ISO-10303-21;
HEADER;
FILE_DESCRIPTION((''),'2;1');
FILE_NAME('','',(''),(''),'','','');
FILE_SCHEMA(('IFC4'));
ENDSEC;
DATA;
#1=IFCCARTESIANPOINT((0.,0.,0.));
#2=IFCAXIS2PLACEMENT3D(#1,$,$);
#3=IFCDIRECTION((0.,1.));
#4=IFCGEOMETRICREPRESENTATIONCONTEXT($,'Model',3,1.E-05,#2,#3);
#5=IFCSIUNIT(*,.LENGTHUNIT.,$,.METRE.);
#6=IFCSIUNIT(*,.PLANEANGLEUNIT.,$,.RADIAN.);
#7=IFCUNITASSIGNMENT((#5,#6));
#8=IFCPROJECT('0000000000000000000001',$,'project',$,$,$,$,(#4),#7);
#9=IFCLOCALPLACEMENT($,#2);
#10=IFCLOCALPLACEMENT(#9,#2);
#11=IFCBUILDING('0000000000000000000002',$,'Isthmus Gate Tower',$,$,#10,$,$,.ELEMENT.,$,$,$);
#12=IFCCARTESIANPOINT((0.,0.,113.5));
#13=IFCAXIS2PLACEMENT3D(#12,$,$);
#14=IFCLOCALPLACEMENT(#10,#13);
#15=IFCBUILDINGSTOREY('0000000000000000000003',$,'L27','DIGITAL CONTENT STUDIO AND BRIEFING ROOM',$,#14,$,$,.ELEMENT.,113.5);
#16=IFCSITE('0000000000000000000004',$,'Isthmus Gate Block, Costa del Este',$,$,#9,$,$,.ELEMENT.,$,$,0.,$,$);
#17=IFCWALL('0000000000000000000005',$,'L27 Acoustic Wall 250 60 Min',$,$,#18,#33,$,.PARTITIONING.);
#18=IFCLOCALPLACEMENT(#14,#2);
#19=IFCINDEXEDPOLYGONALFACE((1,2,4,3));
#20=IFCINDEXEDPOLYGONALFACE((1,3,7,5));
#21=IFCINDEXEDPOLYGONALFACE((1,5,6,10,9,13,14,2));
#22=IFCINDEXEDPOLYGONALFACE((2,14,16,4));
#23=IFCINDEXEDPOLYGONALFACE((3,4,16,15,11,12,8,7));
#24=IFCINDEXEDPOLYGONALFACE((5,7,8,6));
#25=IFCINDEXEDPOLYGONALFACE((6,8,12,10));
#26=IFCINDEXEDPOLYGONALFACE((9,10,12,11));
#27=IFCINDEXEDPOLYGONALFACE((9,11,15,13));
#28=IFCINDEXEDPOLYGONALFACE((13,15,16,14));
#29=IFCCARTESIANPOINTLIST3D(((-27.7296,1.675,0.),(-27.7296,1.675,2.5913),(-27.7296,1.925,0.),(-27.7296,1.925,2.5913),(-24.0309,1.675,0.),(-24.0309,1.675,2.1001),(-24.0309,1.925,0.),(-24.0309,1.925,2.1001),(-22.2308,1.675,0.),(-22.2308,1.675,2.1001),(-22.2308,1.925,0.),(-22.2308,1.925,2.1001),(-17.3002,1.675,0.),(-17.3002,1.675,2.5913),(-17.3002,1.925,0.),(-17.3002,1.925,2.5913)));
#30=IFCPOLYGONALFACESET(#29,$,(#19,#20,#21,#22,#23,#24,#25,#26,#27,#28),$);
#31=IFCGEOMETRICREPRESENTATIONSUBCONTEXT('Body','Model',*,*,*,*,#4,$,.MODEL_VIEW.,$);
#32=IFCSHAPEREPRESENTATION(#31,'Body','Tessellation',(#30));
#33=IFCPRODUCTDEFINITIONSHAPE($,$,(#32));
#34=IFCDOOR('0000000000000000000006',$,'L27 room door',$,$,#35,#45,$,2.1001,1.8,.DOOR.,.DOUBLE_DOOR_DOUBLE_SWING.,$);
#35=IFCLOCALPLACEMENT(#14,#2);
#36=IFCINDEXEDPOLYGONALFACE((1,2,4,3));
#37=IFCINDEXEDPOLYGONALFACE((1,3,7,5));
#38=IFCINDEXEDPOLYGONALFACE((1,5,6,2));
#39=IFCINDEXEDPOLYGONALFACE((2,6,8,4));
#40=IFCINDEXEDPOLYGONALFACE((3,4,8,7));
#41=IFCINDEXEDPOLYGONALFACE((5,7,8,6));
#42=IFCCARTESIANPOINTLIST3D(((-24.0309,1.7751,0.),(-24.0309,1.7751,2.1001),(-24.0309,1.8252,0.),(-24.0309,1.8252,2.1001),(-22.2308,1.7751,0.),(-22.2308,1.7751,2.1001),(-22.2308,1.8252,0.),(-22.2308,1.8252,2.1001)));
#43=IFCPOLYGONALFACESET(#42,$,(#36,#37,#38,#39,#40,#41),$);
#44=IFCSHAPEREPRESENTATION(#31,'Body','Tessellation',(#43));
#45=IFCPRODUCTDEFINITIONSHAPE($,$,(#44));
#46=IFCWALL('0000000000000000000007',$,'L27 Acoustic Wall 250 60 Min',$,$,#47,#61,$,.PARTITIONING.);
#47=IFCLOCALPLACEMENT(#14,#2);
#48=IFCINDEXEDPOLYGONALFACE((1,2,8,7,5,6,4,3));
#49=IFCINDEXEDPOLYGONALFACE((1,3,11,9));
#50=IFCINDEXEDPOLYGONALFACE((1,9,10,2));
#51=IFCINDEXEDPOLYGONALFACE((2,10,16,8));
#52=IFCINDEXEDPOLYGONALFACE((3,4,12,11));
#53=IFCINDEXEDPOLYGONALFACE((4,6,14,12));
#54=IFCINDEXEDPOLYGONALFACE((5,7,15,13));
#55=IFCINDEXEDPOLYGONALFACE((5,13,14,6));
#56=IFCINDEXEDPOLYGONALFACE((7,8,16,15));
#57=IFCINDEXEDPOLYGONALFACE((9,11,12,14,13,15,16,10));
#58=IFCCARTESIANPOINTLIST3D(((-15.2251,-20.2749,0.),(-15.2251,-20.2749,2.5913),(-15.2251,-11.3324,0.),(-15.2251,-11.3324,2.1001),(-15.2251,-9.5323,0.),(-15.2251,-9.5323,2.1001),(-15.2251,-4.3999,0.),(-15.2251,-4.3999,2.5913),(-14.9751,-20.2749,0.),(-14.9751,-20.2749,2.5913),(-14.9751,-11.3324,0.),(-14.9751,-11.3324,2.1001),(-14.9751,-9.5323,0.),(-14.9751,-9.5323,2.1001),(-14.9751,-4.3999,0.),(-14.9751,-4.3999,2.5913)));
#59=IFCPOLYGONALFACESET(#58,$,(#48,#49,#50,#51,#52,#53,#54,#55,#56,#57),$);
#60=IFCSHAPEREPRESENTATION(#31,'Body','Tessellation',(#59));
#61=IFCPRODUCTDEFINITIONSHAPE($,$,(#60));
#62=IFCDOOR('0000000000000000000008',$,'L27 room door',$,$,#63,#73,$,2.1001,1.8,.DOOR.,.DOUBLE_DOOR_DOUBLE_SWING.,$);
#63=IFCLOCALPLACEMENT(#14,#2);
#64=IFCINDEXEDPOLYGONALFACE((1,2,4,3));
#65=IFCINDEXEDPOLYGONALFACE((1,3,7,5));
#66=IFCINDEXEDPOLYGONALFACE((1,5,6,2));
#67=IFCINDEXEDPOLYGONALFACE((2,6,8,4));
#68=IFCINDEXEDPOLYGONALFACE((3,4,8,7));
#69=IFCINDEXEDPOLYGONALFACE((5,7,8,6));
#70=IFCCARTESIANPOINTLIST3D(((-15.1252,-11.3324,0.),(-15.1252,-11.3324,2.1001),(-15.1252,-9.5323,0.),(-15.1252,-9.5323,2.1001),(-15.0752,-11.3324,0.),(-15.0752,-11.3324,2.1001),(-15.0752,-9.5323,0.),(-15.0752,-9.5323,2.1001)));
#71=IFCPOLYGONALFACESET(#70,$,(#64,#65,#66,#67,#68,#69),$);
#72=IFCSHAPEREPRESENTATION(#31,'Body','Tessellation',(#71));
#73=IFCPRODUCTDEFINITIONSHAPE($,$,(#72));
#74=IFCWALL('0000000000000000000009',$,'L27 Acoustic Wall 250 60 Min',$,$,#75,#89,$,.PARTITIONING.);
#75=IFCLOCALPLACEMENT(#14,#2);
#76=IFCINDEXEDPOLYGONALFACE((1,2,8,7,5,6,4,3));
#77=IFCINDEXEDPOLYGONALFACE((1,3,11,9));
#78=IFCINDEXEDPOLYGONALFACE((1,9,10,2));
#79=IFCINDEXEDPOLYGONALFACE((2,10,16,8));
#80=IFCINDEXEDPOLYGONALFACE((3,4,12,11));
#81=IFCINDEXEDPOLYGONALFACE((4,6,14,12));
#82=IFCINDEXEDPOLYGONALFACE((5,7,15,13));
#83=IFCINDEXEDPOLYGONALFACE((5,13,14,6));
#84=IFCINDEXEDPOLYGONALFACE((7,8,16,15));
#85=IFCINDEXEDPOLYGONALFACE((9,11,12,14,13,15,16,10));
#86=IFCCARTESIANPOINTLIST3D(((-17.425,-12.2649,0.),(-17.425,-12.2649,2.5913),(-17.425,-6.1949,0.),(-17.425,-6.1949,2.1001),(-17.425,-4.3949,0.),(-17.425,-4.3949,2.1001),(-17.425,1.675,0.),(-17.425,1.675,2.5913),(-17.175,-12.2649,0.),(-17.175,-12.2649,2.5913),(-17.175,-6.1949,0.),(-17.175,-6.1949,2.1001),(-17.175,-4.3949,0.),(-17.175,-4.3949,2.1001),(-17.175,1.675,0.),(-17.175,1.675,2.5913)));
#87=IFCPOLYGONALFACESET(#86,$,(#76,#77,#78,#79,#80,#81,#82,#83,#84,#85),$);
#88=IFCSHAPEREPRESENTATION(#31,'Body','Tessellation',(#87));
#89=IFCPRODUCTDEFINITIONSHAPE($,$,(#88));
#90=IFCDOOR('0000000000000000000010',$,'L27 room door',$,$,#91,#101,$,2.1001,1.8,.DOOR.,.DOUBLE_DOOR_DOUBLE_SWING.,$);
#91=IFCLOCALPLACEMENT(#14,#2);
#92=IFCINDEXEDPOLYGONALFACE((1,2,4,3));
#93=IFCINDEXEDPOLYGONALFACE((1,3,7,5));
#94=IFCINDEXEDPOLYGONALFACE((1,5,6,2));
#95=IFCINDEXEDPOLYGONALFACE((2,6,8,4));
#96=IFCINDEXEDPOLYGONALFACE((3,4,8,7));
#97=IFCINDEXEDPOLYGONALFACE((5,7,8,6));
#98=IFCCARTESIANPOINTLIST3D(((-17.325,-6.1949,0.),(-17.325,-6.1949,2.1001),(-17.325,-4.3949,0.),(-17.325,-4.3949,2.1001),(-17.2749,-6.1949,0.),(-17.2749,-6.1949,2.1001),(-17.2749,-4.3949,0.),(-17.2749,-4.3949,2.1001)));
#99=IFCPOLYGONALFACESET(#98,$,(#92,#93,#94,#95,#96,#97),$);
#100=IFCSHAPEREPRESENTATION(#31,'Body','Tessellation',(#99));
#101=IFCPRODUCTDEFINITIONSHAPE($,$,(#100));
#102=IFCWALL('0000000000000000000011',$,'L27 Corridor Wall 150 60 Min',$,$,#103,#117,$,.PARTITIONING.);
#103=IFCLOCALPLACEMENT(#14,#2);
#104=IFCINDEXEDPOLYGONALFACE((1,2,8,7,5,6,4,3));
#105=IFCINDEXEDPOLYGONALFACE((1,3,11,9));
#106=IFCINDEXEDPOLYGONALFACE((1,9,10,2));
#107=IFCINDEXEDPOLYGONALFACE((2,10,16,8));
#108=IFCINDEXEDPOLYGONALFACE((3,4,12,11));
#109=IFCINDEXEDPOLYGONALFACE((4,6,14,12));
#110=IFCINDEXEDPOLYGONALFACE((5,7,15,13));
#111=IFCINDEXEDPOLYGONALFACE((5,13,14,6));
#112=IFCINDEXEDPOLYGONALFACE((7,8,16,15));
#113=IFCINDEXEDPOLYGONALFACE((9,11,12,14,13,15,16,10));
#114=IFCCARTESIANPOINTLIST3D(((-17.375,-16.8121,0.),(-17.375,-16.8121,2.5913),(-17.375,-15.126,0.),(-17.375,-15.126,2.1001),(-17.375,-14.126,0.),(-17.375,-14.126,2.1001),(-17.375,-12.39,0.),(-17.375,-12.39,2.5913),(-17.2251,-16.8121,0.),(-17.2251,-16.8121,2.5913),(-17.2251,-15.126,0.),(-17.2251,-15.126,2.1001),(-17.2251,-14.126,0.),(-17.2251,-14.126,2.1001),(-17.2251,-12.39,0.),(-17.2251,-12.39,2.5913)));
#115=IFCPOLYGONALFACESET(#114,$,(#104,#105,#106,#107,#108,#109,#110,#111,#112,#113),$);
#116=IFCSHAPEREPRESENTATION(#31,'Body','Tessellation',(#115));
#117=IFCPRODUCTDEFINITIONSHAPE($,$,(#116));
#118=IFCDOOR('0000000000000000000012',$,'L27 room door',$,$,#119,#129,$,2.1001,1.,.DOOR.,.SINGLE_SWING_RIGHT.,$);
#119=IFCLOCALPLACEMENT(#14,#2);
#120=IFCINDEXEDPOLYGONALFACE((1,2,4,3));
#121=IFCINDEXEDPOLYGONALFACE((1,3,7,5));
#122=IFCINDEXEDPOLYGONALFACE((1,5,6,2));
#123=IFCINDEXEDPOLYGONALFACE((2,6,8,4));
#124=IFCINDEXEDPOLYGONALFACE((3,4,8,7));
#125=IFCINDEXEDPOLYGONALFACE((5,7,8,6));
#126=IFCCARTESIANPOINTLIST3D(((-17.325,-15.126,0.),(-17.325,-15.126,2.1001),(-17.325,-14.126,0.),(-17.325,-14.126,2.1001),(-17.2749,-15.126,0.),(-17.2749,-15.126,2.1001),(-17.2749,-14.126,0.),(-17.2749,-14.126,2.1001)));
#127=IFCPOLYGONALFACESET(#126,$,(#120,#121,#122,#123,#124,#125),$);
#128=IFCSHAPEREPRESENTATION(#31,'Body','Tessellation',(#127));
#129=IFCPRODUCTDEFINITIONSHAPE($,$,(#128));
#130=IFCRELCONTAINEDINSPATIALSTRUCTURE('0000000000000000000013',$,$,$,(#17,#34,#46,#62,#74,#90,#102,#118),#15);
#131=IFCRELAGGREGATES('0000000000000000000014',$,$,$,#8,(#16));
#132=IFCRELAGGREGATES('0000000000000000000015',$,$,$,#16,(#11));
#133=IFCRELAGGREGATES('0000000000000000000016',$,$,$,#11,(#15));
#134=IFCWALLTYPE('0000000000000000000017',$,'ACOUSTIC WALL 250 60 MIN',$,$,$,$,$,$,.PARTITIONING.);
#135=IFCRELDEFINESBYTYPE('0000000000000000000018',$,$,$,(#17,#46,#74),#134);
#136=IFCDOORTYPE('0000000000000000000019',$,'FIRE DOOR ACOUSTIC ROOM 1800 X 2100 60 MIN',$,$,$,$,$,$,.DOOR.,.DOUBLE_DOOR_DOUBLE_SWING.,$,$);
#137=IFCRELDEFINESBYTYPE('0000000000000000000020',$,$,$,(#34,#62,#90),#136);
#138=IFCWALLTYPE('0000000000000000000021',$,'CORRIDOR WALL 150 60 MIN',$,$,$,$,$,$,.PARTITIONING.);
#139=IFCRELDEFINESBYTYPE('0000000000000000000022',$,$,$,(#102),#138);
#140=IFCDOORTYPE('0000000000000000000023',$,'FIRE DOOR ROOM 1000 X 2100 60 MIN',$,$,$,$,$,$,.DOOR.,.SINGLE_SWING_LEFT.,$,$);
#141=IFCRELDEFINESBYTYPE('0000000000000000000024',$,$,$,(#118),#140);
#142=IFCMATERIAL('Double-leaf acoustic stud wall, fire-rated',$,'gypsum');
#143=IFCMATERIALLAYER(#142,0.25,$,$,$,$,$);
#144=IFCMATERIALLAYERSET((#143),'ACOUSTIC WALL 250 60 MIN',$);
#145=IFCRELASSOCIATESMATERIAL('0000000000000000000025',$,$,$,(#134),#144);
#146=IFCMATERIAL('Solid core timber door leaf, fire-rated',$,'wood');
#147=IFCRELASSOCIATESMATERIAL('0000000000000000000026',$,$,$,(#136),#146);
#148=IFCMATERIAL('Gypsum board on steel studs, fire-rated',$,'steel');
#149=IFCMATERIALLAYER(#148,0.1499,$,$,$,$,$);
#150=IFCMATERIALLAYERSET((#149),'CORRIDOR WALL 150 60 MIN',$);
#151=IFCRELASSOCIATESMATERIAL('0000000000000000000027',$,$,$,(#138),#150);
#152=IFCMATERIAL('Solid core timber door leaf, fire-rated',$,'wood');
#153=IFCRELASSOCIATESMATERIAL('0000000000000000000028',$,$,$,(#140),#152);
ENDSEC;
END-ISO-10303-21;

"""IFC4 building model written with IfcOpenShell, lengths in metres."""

from ifc_helpers import new_model, si_unit, direction, frame, frame_2d, origin, place, context, subcontext, project, spatial, rectangle, extrude, material, layer, layer_set, type_object, element, fill, save


model = new_model("IFC4")

# Units and contexts
model_context = context("Model", 3, precision=1e-05, world=origin(), true_north=direction((0.0, 1.0)))
body_context = subcontext(model_context, "Body", "Model", "MODEL_VIEW")
ifc_project = project(units=[si_unit("LENGTHUNIT", "METRE"), si_unit("PLANEANGLEUNIT", "RADIAN")], contexts=[model_context])

# Site, building, storey
site_placement = place(None, origin())
site = spatial("IfcSite", under=ifc_project, at=site_placement, Name="Isthmus Gate Block, Costa del Este", CompositionType="ELEMENT", RefElevation=0.0)
building_placement = place(site_placement, origin())
building = spatial("IfcBuilding", under=site, at=building_placement, Name="Isthmus Gate Tower", CompositionType="ELEMENT")
storey_placement = place(building_placement, frame((0.0, 0.0, 113.5)))
storey = spatial("IfcBuildingStorey", under=building, at=storey_placement, Name="L27", Description="DIGITAL CONTENT STUDIO AND BRIEFING ROOM", CompositionType="ELEMENT", Elevation=113.5)

# Walls, openings, doors
ifc_material_1 = material(Name="Double-leaf acoustic stud wall, fire-rated", Category="gypsum")
ifc_layer_1 = layer(ifc_material_1, 0.25)
ifc_layer_set_1 = layer_set([ifc_layer_1], Name="ACOUSTIC WALL 250 60 MIN")
wall_type_1 = type_object("IfcWallType", Name="ACOUSTIC WALL 250 60 MIN", PredefinedType="PARTITIONING", material=ifc_layer_set_1)
wall_1_placement = place(storey_placement, frame((-17.3, 1.8, 0.0), z_axis=(0.0, 0.0, 1.0), x_axis=(-1.0, 0.0, 0.0)))
wall_1 = element("IfcWall", 1, at=wall_1_placement, inside=storey, type_object=wall_type_1, Name="L27 Acoustic Wall 250 60 Min", PredefinedType="PARTITIONING", context=body_context, shape_type="SweptSolid", body=[
    extrude(rectangle(XDim=10.4294, YDim=0.25, at=frame_2d((5.2148, 0.0))), origin(), (0.0, 0.0, 1.0), 2.5913),
])
opening_1_placement = place(wall_1_placement, frame((4.9309, 0.0, 0.0)))
opening_1 = element("IfcOpeningElement", 2, at=opening_1_placement, cuts=wall_1, PredefinedType="OPENING", context=body_context, shape_type="SweptSolid", body=[
    extrude(rectangle(XDim=1.8, YDim=2.1001, at=frame_2d((0.8999, 1.05))), frame((0.0, 0.135, 0.0), z_axis=(0.0, -1.0, 0.0), x_axis=(1.0, 0.0, 0.0)), (0.0, 0.0, 1.0), 0.27),
])
ifc_material_2 = material(Name="Solid core timber door leaf, fire-rated", Category="wood")
door_type_1 = type_object("IfcDoorType", Name="FIRE DOOR ACOUSTIC ROOM 1800 X 2100 60 MIN", OperationType="DOUBLE_DOOR_DOUBLE_SWING", PredefinedType="DOOR", material=ifc_material_2)
door_1_placement = place(opening_1_placement, origin())
door_1 = element("IfcDoor", 3, at=door_1_placement, inside=storey, type_object=door_type_1, Name="L27 room door", OperationType="DOUBLE_DOOR_DOUBLE_SWING", OverallHeight=2.1001, OverallWidth=1.8, PredefinedType="DOOR", context=body_context, shape_type="SweptSolid", body=[
    extrude(rectangle(XDim=1.8, YDim=2.1001, at=frame_2d((0.8999, 1.05))), frame((0.0, 0.0249, 0.0), z_axis=(0.0, -1.0, 0.0), x_axis=(1.0, 0.0, 0.0)), (0.0, 0.0, 1.0), 0.05),
])
fill(opening_1, door_1)
wall_2_placement = place(storey_placement, frame((-15.1001, -4.3999, 0.0), z_axis=(0.0, 0.0, 1.0), x_axis=(0.0, -1.0, 0.0)))
wall_2 = element("IfcWall", 4, at=wall_2_placement, inside=storey, type_object=wall_type_1, Name="L27 Acoustic Wall 250 60 Min", PredefinedType="PARTITIONING", context=body_context, shape_type="SweptSolid", body=[
    extrude(rectangle(XDim=15.875, YDim=0.25, at=frame_2d((7.9375, 0.0))), origin(), (0.0, 0.0, 1.0), 2.5913),
])
opening_2_placement = place(wall_2_placement, frame((5.1326, 0.0, 0.0)))
opening_2 = element("IfcOpeningElement", 5, at=opening_2_placement, cuts=wall_2, PredefinedType="OPENING", context=body_context, shape_type="SweptSolid", body=[
    extrude(rectangle(XDim=1.8, YDim=2.1001, at=frame_2d((0.8999, 1.05))), frame((0.0, 0.135, 0.0), z_axis=(0.0, -1.0, 0.0), x_axis=(1.0, 0.0, 0.0)), (0.0, 0.0, 1.0), 0.27),
])
door_2_placement = place(opening_2_placement, origin())
door_2 = element("IfcDoor", 6, at=door_2_placement, inside=storey, type_object=door_type_1, Name="L27 room door", OperationType="DOUBLE_DOOR_DOUBLE_SWING", OverallHeight=2.1001, OverallWidth=1.8, PredefinedType="DOOR", context=body_context, shape_type="SweptSolid", body=[
    extrude(rectangle(XDim=1.8, YDim=2.1001, at=frame_2d((0.8999, 1.05))), frame((0.0, 0.0249, 0.0), z_axis=(0.0, -1.0, 0.0), x_axis=(1.0, 0.0, 0.0)), (0.0, 0.0, 1.0), 0.05),
])
fill(opening_2, door_2)
wall_3_placement = place(storey_placement, frame((-17.3, -12.2649, 0.0), z_axis=(0.0, 0.0, 1.0), x_axis=(0.0, 1.0, 0.0)))
wall_3 = element("IfcWall", 7, at=wall_3_placement, inside=storey, type_object=wall_type_1, Name="L27 Acoustic Wall 250 60 Min", PredefinedType="PARTITIONING", context=body_context, shape_type="SweptSolid", body=[
    extrude(rectangle(XDim=13.9399, YDim=0.25, at=frame_2d((6.97, 0.0))), origin(), (0.0, 0.0, 1.0), 2.5913),
])
opening_3_placement = place(wall_3_placement, frame((6.0701, 0.0, 0.0)))
opening_3 = element("IfcOpeningElement", 8, at=opening_3_placement, cuts=wall_3, PredefinedType="OPENING", context=body_context, shape_type="SweptSolid", body=[
    extrude(rectangle(XDim=1.8, YDim=2.1001, at=frame_2d((0.8999, 1.05))), frame((0.0, 0.135, 0.0), z_axis=(0.0, -1.0, 0.0), x_axis=(1.0, 0.0, 0.0)), (0.0, 0.0, 1.0), 0.27),
])
door_3_placement = place(opening_3_placement, origin())
door_3 = element("IfcDoor", 9, at=door_3_placement, inside=storey, type_object=door_type_1, Name="L27 room door", OperationType="DOUBLE_DOOR_DOUBLE_SWING", OverallHeight=2.1001, OverallWidth=1.8, PredefinedType="DOOR", context=body_context, shape_type="SweptSolid", body=[
    extrude(rectangle(XDim=1.8, YDim=2.1001, at=frame_2d((0.8999, 1.05))), frame((0.0, 0.0249, 0.0), z_axis=(0.0, -1.0, 0.0), x_axis=(1.0, 0.0, 0.0)), (0.0, 0.0, 1.0), 0.05),
])
fill(opening_3, door_3)
ifc_material_3 = material(Name="Gypsum board on steel studs, fire-rated", Category="steel")
ifc_layer_2 = layer(ifc_material_3, 0.1499)
ifc_layer_set_2 = layer_set([ifc_layer_2], Name="CORRIDOR WALL 150 60 MIN")
wall_type_2 = type_object("IfcWallType", Name="CORRIDOR WALL 150 60 MIN", PredefinedType="PARTITIONING", material=ifc_layer_set_2)
wall_4_placement = place(storey_placement, frame((-17.3, -16.812, 0.0), z_axis=(0.0, 0.0, 1.0), x_axis=(0.0, 1.0, 0.0)))
wall_4 = element("IfcWall", 10, at=wall_4_placement, inside=storey, type_object=wall_type_2, Name="L27 Corridor Wall 150 60 Min", PredefinedType="PARTITIONING", context=body_context, shape_type="SweptSolid", body=[
    extrude(rectangle(XDim=4.4221, YDim=0.1499, at=frame_2d((2.2109, 0.0))), origin(), (0.0, 0.0, 1.0), 2.5913),
])
opening_4_placement = place(wall_4_placement, frame((1.686, 0.0, 0.0)))
opening_4 = element("IfcOpeningElement", 11, at=opening_4_placement, cuts=wall_4, PredefinedType="OPENING", context=body_context, shape_type="SweptSolid", body=[
    extrude(rectangle(XDim=1.0, YDim=2.1001, at=frame_2d((0.5, 1.05))), frame((0.0, 0.085, 0.0), z_axis=(0.0, -1.0, 0.0), x_axis=(1.0, 0.0, 0.0)), (0.0, 0.0, 1.0), 0.1699),
])
ifc_material_4 = material(Name="Solid core timber door leaf, fire-rated", Category="wood")
door_type_2 = type_object("IfcDoorType", Name="FIRE DOOR ROOM 1000 X 2100 60 MIN", OperationType="SINGLE_SWING_LEFT", PredefinedType="DOOR", material=ifc_material_4)
door_4_placement = place(opening_4_placement, origin())
door_4 = element("IfcDoor", 12, at=door_4_placement, inside=storey, type_object=door_type_2, Name="L27 room door", OperationType="SINGLE_SWING_RIGHT", OverallHeight=2.1001, OverallWidth=1.0, PredefinedType="DOOR", context=body_context, shape_type="SweptSolid", body=[
    extrude(rectangle(XDim=1.0, YDim=2.1001, at=frame_2d((0.5, 1.05))), frame((0.0, 0.0249, 0.0), z_axis=(0.0, -1.0, 0.0), x_axis=(1.0, 0.0, 0.0)), (0.0, 0.0, 1.0), 0.05),
])
fill(opening_4, door_4)

save(model, "model.ifc")
